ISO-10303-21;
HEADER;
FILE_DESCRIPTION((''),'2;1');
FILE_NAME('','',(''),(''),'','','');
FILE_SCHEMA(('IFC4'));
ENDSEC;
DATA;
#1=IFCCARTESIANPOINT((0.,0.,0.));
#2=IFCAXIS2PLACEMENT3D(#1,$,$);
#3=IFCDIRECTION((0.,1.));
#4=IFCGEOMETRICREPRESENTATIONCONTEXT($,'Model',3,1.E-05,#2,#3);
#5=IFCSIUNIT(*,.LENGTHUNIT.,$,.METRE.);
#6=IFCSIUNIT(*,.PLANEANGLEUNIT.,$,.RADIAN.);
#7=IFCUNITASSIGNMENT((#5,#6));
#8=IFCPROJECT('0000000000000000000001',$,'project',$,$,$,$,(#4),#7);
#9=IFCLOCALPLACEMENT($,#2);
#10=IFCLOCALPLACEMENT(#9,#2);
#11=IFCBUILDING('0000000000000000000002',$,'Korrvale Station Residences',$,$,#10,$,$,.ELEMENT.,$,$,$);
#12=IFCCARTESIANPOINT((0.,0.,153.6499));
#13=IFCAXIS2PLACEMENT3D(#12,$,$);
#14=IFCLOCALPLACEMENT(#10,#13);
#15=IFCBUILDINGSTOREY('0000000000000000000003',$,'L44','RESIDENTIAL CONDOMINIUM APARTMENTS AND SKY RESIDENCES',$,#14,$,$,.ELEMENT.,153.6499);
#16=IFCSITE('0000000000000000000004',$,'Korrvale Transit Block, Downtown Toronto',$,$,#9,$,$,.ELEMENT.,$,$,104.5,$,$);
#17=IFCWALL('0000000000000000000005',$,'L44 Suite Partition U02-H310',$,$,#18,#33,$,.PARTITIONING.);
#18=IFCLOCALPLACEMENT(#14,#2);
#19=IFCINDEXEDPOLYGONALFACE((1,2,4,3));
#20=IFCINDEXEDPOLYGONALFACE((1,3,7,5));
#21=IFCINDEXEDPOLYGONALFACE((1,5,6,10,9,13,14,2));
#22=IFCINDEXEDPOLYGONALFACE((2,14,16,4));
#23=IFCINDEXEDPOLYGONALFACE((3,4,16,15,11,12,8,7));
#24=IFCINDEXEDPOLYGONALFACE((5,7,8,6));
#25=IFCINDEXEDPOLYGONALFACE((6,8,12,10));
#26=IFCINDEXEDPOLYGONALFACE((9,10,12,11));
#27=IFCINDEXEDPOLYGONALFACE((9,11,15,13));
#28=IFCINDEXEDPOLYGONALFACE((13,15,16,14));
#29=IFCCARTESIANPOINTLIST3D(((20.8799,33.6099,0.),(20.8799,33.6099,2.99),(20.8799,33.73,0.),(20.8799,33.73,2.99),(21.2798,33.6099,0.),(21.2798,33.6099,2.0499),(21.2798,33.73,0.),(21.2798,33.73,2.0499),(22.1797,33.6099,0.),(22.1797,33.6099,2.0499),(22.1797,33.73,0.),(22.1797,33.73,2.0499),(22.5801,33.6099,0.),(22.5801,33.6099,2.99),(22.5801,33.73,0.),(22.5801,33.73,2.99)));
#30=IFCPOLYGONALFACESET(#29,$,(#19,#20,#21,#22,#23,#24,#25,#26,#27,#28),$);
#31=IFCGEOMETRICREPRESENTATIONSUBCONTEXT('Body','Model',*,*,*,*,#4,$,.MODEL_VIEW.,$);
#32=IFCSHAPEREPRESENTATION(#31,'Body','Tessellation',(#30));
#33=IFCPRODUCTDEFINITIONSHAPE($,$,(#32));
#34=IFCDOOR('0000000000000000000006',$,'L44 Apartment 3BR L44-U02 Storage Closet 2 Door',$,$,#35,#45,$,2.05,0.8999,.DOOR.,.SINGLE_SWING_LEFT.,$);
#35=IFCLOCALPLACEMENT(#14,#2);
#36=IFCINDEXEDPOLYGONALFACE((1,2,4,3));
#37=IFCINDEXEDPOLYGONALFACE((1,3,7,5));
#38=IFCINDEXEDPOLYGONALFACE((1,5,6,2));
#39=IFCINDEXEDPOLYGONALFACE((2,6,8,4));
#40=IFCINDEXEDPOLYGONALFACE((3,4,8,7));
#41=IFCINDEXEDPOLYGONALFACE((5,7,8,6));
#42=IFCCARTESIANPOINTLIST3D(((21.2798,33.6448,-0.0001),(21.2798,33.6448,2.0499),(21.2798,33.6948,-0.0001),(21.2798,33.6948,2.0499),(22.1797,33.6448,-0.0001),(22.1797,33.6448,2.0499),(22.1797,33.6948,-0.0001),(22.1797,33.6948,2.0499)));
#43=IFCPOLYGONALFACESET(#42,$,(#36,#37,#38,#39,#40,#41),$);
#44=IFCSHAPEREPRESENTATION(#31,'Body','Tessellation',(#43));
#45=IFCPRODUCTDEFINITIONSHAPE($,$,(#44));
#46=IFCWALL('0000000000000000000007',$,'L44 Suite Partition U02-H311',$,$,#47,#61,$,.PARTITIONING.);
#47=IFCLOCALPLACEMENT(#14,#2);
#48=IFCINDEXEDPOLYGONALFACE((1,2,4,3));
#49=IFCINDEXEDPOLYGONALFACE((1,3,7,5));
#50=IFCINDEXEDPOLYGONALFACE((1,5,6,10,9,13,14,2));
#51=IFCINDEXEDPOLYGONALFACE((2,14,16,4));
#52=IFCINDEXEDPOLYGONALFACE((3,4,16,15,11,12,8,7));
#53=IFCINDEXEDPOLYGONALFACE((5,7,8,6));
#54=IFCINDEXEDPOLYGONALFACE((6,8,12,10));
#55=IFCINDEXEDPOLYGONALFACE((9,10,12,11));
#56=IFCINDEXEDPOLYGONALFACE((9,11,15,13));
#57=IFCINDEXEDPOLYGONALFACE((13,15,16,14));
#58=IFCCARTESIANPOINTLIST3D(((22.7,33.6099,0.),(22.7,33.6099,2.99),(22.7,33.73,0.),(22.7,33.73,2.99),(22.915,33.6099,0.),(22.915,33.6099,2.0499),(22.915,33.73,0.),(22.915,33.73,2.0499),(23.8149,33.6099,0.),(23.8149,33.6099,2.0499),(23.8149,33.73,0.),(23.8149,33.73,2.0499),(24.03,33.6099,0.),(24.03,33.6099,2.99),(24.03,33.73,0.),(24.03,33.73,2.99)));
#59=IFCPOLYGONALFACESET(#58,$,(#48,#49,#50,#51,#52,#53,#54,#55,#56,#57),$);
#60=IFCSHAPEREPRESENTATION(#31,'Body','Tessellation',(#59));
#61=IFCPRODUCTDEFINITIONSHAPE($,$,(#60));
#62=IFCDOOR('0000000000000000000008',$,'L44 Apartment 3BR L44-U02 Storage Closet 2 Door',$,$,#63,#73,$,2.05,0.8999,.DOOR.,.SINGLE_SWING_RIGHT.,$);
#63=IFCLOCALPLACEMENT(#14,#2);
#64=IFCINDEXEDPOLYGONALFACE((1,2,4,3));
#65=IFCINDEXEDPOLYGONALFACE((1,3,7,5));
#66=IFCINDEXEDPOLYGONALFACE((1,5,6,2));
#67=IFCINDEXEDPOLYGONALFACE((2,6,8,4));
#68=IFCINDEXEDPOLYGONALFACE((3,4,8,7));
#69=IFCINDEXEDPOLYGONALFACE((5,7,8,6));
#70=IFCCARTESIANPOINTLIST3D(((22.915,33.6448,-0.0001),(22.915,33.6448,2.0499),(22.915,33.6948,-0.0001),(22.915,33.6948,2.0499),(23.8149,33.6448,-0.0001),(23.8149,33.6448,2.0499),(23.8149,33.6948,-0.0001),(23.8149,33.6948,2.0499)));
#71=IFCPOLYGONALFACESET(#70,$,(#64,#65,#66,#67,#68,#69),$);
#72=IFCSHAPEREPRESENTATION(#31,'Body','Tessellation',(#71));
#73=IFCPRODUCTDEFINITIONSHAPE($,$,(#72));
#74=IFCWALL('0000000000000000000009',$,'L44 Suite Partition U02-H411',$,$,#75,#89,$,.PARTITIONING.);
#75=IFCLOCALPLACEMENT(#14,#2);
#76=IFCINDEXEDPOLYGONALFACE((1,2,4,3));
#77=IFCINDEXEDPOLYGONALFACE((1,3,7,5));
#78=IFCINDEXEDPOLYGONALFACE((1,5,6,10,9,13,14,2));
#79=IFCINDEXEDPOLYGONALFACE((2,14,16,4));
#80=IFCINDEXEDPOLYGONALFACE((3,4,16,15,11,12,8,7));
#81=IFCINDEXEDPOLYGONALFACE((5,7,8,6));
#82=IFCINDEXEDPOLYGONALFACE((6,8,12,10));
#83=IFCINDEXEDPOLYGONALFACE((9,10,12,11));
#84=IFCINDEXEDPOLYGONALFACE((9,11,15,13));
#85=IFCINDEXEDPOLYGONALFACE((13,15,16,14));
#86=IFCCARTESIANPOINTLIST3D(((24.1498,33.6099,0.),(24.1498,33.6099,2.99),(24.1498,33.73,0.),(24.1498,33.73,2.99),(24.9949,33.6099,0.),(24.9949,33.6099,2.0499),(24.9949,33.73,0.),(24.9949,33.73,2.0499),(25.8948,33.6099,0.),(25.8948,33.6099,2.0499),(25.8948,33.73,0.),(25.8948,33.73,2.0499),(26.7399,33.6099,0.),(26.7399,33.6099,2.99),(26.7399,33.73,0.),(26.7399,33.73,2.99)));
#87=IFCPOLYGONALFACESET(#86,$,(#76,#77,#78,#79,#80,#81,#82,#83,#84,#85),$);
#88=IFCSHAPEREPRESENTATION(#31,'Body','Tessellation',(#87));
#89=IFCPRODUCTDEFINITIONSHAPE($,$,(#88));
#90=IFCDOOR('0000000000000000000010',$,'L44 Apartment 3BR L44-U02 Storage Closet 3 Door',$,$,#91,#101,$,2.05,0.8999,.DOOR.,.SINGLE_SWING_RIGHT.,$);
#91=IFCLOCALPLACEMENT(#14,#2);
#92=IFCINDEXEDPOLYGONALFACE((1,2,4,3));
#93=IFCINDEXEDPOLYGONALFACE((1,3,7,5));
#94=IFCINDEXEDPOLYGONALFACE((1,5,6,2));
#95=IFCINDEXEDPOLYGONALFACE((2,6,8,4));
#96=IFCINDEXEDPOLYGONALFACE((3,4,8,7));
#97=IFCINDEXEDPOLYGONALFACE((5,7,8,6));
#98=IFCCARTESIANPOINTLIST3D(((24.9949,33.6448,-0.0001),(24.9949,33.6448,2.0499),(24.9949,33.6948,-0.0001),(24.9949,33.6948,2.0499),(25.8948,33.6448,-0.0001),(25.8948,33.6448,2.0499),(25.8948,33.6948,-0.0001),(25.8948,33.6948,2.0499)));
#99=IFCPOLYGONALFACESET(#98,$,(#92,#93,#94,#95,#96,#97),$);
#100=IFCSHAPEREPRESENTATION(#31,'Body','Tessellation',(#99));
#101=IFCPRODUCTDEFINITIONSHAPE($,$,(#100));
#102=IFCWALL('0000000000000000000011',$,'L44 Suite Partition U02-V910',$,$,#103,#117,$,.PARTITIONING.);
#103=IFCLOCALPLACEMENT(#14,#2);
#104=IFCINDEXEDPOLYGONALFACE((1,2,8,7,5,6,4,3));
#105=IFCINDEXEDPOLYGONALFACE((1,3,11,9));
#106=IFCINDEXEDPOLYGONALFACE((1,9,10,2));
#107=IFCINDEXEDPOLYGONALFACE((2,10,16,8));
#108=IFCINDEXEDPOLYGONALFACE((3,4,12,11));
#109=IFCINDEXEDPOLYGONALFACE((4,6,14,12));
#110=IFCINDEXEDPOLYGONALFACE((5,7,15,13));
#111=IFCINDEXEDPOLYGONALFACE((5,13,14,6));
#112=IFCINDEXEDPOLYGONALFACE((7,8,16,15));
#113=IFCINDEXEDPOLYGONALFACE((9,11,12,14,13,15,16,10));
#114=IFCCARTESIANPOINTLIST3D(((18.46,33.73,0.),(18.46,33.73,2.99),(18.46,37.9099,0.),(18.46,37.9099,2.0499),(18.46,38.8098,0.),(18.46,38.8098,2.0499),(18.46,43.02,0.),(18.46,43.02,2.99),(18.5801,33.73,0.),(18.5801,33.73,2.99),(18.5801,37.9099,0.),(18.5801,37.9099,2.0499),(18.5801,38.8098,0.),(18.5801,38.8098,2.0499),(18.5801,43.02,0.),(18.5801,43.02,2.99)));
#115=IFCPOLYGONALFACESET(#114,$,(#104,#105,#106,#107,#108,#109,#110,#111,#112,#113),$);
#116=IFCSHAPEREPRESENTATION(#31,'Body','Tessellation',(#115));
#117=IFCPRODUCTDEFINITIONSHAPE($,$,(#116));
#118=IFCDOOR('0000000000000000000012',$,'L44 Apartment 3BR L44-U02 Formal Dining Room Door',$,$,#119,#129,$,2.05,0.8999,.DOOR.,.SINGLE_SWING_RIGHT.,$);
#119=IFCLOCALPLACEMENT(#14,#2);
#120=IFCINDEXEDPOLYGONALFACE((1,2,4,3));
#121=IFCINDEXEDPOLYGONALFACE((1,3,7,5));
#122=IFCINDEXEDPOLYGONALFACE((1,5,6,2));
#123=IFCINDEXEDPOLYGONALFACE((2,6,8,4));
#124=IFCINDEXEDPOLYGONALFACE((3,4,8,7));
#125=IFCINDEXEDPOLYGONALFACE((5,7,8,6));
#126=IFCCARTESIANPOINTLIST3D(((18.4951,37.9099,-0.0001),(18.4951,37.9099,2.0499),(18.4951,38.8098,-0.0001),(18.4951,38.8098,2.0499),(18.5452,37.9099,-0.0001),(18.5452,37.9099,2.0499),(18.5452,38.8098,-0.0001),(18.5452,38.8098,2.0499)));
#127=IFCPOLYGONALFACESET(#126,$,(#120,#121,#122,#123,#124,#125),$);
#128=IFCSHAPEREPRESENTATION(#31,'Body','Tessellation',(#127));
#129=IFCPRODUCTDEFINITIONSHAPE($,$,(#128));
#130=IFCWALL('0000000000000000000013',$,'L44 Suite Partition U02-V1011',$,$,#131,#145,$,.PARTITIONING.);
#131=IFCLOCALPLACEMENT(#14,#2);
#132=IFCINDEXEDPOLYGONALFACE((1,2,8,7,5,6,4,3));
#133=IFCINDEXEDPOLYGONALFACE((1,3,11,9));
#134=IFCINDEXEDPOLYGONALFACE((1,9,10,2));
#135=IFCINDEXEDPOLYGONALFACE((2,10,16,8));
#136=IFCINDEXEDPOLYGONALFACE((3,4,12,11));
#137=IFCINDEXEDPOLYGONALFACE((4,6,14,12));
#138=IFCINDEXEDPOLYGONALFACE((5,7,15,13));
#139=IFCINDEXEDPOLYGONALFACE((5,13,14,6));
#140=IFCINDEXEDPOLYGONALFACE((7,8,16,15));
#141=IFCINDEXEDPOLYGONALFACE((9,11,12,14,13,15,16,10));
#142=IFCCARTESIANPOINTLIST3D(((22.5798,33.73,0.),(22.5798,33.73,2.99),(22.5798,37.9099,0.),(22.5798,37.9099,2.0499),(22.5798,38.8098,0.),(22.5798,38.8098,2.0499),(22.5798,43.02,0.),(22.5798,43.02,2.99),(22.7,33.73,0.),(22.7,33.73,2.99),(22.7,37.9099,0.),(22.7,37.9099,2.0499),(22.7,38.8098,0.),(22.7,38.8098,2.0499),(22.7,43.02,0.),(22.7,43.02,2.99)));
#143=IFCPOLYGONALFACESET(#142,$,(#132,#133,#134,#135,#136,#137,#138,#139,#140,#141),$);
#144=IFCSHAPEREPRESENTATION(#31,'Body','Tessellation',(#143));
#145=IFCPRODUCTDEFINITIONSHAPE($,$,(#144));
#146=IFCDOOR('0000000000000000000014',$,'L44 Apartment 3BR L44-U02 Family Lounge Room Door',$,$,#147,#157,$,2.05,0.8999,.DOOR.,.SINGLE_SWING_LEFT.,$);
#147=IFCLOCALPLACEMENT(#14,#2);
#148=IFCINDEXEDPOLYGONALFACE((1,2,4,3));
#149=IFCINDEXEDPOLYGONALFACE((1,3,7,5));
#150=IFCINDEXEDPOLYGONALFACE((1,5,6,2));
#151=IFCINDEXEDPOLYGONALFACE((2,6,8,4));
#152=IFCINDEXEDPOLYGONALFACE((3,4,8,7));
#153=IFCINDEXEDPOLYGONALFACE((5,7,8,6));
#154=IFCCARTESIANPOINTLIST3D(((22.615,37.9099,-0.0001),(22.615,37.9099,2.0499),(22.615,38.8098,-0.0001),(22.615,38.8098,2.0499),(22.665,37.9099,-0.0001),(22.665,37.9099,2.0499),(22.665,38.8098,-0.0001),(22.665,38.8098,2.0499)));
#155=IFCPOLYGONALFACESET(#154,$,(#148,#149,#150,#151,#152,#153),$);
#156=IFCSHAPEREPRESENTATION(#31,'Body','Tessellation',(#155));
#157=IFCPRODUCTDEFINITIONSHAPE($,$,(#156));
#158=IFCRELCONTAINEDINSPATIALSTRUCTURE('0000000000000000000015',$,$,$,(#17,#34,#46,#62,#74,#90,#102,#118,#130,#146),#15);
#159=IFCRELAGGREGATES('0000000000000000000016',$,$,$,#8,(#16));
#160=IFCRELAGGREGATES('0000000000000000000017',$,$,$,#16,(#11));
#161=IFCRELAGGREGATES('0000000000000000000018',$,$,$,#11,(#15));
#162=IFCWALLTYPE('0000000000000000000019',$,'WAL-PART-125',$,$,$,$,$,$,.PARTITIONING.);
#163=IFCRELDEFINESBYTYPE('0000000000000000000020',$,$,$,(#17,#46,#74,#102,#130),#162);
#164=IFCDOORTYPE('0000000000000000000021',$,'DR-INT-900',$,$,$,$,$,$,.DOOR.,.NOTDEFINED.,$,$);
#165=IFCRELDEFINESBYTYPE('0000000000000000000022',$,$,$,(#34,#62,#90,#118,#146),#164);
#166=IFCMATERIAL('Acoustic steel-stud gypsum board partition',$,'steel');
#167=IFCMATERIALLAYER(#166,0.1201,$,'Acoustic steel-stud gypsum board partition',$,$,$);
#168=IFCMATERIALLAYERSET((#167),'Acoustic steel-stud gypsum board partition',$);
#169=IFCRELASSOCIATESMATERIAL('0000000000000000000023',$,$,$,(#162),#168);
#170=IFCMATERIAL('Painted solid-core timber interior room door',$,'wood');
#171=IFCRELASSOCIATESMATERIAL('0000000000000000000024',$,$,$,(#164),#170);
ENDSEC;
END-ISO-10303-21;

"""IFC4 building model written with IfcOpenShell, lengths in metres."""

from ifc_helpers import new_model, si_unit, direction, frame, frame_2d, origin, place, context, subcontext, project, spatial, rectangle, extrude, material, layer, layer_set, type_object, element, fill, save


model = new_model("IFC4")

# Units and contexts
model_context = context("Model", 3, precision=1e-05, world=origin(), true_north=direction((0.0, 1.0)))
body_context = subcontext(model_context, "Body", "Model", "MODEL_VIEW")
ifc_project = project(units=[si_unit("LENGTHUNIT", "METRE"), si_unit("PLANEANGLEUNIT", "RADIAN")], contexts=[model_context])

# Site, building, storey
site_placement = place(None, origin())
site = spatial("IfcSite", under=ifc_project, at=site_placement, Name="Korrvale Transit Block, Downtown Toronto", CompositionType="ELEMENT", RefElevation=104.5)
building_placement = place(site_placement, origin())
building = spatial("IfcBuilding", under=site, at=building_placement, Name="Korrvale Station Residences", CompositionType="ELEMENT")
storey_placement = place(building_placement, frame((0.0, 0.0, 153.6499)))
storey = spatial("IfcBuildingStorey", under=building, at=storey_placement, Name="L44", Description="RESIDENTIAL CONDOMINIUM APARTMENTS AND SKY RESIDENCES", CompositionType="ELEMENT", Elevation=153.6499)

# Walls, openings, doors
ifc_material_1 = material(Name="Acoustic steel-stud gypsum board partition", Category="steel")
ifc_layer = layer(ifc_material_1, 0.1201, Name="Acoustic steel-stud gypsum board partition")
ifc_layer_set = layer_set([ifc_layer], Name="Acoustic steel-stud gypsum board partition")
wall_type = type_object("IfcWallType", Name="WAL-PART-125", PredefinedType="PARTITIONING", material=ifc_layer_set)
ifc_material_2 = material(Name="Painted solid-core timber interior room door", Category="wood")
door_type = type_object("IfcDoorType", Name="DR-INT-900", OperationType="NOTDEFINED", PredefinedType="DOOR", material=ifc_material_2)
wall_1_placement = place(storey_placement, frame((20.8799, 33.6699, 0.0), z_axis=(0.0, 0.0, 1.0), x_axis=(1.0, 0.0, 0.0)))
wall_1 = element("IfcWall", 1, at=wall_1_placement, inside=storey, type_object=wall_type, Name="L44 Suite Partition U02-H310", PredefinedType="PARTITIONING", context=body_context, shape_type="SweptSolid", body=[
    extrude(rectangle(XDim=1.7002, YDim=0.1201, at=frame_2d((0.8501, 0.0))), origin(), (0.0, 0.0, 1.0), 2.99),
])
opening_1_placement = place(wall_1_placement, frame((0.3999, 0.0, 0.0)))
opening_1 = element("IfcOpeningElement", 2, at=opening_1_placement, cuts=wall_1, PredefinedType="OPENING", context=body_context, shape_type="SweptSolid", body=[
    extrude(rectangle(XDim=0.8999, YDim=2.05, at=frame_2d((0.45, 1.0249))), frame((0.0, 0.0701, 0.0), z_axis=(0.0, -1.0, 0.0), x_axis=(1.0, 0.0, 0.0)), (0.0, 0.0, 1.0), 0.1401),
])
door_1_placement = place(opening_1_placement, origin())
door_1 = element("IfcDoor", 3, at=door_1_placement, inside=storey, type_object=door_type, Name="L44 Apartment 3BR L44-U02 Storage Closet 2 Door", OperationType="SINGLE_SWING_LEFT", OverallHeight=2.05, OverallWidth=0.8999, PredefinedType="DOOR", context=body_context, shape_type="SweptSolid", body=[
    extrude(rectangle(XDim=0.8999, YDim=2.05, at=frame_2d((0.45, 1.0249))), frame((0.0, 0.0249, 0.0), z_axis=(0.0, -1.0, 0.0), x_axis=(1.0, 0.0, 0.0)), (0.0, 0.0, 1.0), 0.05),
])
fill(opening_1, door_1)
wall_2_placement = place(storey_placement, frame((22.7, 33.6699, 0.0), z_axis=(0.0, 0.0, 1.0), x_axis=(1.0, 0.0, 0.0)))
wall_2 = element("IfcWall", 4, at=wall_2_placement, inside=storey, type_object=wall_type, Name="L44 Suite Partition U02-H311", PredefinedType="PARTITIONING", context=body_context, shape_type="SweptSolid", body=[
    extrude(rectangle(XDim=1.3301, YDim=0.1201, at=frame_2d((0.665, 0.0))), origin(), (0.0, 0.0, 1.0), 2.99),
])
opening_2_placement = place(wall_2_placement, frame((0.2151, 0.0, 0.0)))
opening_2 = element("IfcOpeningElement", 5, at=opening_2_placement, cuts=wall_2, PredefinedType="OPENING", context=body_context, shape_type="SweptSolid", body=[
    extrude(rectangle(XDim=0.8999, YDim=2.05, at=frame_2d((0.45, 1.0249))), frame((0.0, 0.0701, 0.0), z_axis=(0.0, -1.0, 0.0), x_axis=(1.0, 0.0, 0.0)), (0.0, 0.0, 1.0), 0.1401),
])
door_2_placement = place(opening_2_placement, origin())
door_2 = element("IfcDoor", 6, at=door_2_placement, inside=storey, type_object=door_type, Name="L44 Apartment 3BR L44-U02 Storage Closet 2 Door", OperationType="SINGLE_SWING_RIGHT", OverallHeight=2.05, OverallWidth=0.8999, PredefinedType="DOOR", context=body_context, shape_type="SweptSolid", body=[
    extrude(rectangle(XDim=0.8999, YDim=2.05, at=frame_2d((0.45, 1.0249))), frame((0.0, 0.0249, 0.0), z_axis=(0.0, -1.0, 0.0), x_axis=(1.0, 0.0, 0.0)), (0.0, 0.0, 1.0), 0.05),
])
fill(opening_2, door_2)
wall_3_placement = place(storey_placement, frame((24.1499, 33.6699, 0.0), z_axis=(0.0, 0.0, 1.0), x_axis=(1.0, 0.0, 0.0)))
wall_3 = element("IfcWall", 7, at=wall_3_placement, inside=storey, type_object=wall_type, Name="L44 Suite Partition U02-H411", PredefinedType="PARTITIONING", context=body_context, shape_type="SweptSolid", body=[
    extrude(rectangle(XDim=2.5901, YDim=0.1201, at=frame_2d((1.2949, 0.0))), origin(), (0.0, 0.0, 1.0), 2.99),
])
opening_3_placement = place(wall_3_placement, frame((0.845, 0.0, 0.0)))
opening_3 = element("IfcOpeningElement", 8, at=opening_3_placement, cuts=wall_3, PredefinedType="OPENING", context=body_context, shape_type="SweptSolid", body=[
    extrude(rectangle(XDim=0.8999, YDim=2.05, at=frame_2d((0.45, 1.0249))), frame((0.0, 0.0701, 0.0), z_axis=(0.0, -1.0, 0.0), x_axis=(1.0, 0.0, 0.0)), (0.0, 0.0, 1.0), 0.1401),
])
door_3_placement = place(opening_3_placement, origin())
door_3 = element("IfcDoor", 9, at=door_3_placement, inside=storey, type_object=door_type, Name="L44 Apartment 3BR L44-U02 Storage Closet 3 Door", OperationType="SINGLE_SWING_RIGHT", OverallHeight=2.05, OverallWidth=0.8999, PredefinedType="DOOR", context=body_context, shape_type="SweptSolid", body=[
    extrude(rectangle(XDim=0.8999, YDim=2.05, at=frame_2d((0.45, 1.0249))), frame((0.0, 0.0249, 0.0), z_axis=(0.0, -1.0, 0.0), x_axis=(1.0, 0.0, 0.0)), (0.0, 0.0, 1.0), 0.05),
])
fill(opening_3, door_3)
wall_4_placement = place(storey_placement, frame((18.52, 33.73, 0.0), z_axis=(0.0, 0.0, 1.0), x_axis=(0.0, 1.0, 0.0)))
wall_4 = element("IfcWall", 10, at=wall_4_placement, inside=storey, type_object=wall_type, Name="L44 Suite Partition U02-V910", PredefinedType="PARTITIONING", context=body_context, shape_type="SweptSolid", body=[
    extrude(rectangle(XDim=9.29, YDim=0.1201, at=frame_2d((4.645, 0.0))), origin(), (0.0, 0.0, 1.0), 2.99),
])
opening_4_placement = place(wall_4_placement, frame((4.1799, 0.0, 0.0)))
opening_4 = element("IfcOpeningElement", 11, at=opening_4_placement, cuts=wall_4, PredefinedType="OPENING", context=body_context, shape_type="SweptSolid", body=[
    extrude(rectangle(XDim=0.8999, YDim=2.05, at=frame_2d((0.45, 1.0249))), frame((0.0, 0.0701, 0.0), z_axis=(0.0, -1.0, 0.0), x_axis=(1.0, 0.0, 0.0)), (0.0, 0.0, 1.0), 0.1401),
])
door_4_placement = place(opening_4_placement, origin())
door_4 = element("IfcDoor", 12, at=door_4_placement, inside=storey, type_object=door_type, Name="L44 Apartment 3BR L44-U02 Formal Dining Room Door", OperationType="SINGLE_SWING_RIGHT", OverallHeight=2.05, OverallWidth=0.8999, PredefinedType="DOOR", context=body_context, shape_type="SweptSolid", body=[
    extrude(rectangle(XDim=0.8999, YDim=2.05, at=frame_2d((0.45, 1.0249))), frame((0.0, 0.0249, 0.0), z_axis=(0.0, -1.0, 0.0), x_axis=(1.0, 0.0, 0.0)), (0.0, 0.0, 1.0), 0.05),
])
fill(opening_4, door_4)
wall_5_placement = place(storey_placement, frame((22.6399, 33.73, 0.0), z_axis=(0.0, 0.0, 1.0), x_axis=(0.0, 1.0, 0.0)))
wall_5 = element("IfcWall", 13, at=wall_5_placement, inside=storey, type_object=wall_type, Name="L44 Suite Partition U02-V1011", PredefinedType="PARTITIONING", context=body_context, shape_type="SweptSolid", body=[
    extrude(rectangle(XDim=9.29, YDim=0.1201, at=frame_2d((4.645, 0.0))), origin(), (0.0, 0.0, 1.0), 2.99),
])
opening_5_placement = place(wall_5_placement, frame((4.1799, 0.0, 0.0)))
opening_5 = element("IfcOpeningElement", 14, at=opening_5_placement, cuts=wall_5, PredefinedType="OPENING", context=body_context, shape_type="SweptSolid", body=[
    extrude(rectangle(XDim=0.8999, YDim=2.05, at=frame_2d((0.45, 1.0249))), frame((0.0, 0.0701, 0.0), z_axis=(0.0, -1.0, 0.0), x_axis=(1.0, 0.0, 0.0)), (0.0, 0.0, 1.0), 0.1401),
])
door_5_placement = place(opening_5_placement, origin())
door_5 = element("IfcDoor", 15, at=door_5_placement, inside=storey, type_object=door_type, Name="L44 Apartment 3BR L44-U02 Family Lounge Room Door", OperationType="SINGLE_SWING_LEFT", OverallHeight=2.05, OverallWidth=0.8999, PredefinedType="DOOR", context=body_context, shape_type="SweptSolid", body=[
    extrude(rectangle(XDim=0.8999, YDim=2.05, at=frame_2d((0.45, 1.0249))), frame((0.0, 0.0249, 0.0), z_axis=(0.0, -1.0, 0.0), x_axis=(1.0, 0.0, 0.0)), (0.0, 0.0, 1.0), 0.05),
])
fill(opening_5, door_5)

save(model, "model.ifc")
